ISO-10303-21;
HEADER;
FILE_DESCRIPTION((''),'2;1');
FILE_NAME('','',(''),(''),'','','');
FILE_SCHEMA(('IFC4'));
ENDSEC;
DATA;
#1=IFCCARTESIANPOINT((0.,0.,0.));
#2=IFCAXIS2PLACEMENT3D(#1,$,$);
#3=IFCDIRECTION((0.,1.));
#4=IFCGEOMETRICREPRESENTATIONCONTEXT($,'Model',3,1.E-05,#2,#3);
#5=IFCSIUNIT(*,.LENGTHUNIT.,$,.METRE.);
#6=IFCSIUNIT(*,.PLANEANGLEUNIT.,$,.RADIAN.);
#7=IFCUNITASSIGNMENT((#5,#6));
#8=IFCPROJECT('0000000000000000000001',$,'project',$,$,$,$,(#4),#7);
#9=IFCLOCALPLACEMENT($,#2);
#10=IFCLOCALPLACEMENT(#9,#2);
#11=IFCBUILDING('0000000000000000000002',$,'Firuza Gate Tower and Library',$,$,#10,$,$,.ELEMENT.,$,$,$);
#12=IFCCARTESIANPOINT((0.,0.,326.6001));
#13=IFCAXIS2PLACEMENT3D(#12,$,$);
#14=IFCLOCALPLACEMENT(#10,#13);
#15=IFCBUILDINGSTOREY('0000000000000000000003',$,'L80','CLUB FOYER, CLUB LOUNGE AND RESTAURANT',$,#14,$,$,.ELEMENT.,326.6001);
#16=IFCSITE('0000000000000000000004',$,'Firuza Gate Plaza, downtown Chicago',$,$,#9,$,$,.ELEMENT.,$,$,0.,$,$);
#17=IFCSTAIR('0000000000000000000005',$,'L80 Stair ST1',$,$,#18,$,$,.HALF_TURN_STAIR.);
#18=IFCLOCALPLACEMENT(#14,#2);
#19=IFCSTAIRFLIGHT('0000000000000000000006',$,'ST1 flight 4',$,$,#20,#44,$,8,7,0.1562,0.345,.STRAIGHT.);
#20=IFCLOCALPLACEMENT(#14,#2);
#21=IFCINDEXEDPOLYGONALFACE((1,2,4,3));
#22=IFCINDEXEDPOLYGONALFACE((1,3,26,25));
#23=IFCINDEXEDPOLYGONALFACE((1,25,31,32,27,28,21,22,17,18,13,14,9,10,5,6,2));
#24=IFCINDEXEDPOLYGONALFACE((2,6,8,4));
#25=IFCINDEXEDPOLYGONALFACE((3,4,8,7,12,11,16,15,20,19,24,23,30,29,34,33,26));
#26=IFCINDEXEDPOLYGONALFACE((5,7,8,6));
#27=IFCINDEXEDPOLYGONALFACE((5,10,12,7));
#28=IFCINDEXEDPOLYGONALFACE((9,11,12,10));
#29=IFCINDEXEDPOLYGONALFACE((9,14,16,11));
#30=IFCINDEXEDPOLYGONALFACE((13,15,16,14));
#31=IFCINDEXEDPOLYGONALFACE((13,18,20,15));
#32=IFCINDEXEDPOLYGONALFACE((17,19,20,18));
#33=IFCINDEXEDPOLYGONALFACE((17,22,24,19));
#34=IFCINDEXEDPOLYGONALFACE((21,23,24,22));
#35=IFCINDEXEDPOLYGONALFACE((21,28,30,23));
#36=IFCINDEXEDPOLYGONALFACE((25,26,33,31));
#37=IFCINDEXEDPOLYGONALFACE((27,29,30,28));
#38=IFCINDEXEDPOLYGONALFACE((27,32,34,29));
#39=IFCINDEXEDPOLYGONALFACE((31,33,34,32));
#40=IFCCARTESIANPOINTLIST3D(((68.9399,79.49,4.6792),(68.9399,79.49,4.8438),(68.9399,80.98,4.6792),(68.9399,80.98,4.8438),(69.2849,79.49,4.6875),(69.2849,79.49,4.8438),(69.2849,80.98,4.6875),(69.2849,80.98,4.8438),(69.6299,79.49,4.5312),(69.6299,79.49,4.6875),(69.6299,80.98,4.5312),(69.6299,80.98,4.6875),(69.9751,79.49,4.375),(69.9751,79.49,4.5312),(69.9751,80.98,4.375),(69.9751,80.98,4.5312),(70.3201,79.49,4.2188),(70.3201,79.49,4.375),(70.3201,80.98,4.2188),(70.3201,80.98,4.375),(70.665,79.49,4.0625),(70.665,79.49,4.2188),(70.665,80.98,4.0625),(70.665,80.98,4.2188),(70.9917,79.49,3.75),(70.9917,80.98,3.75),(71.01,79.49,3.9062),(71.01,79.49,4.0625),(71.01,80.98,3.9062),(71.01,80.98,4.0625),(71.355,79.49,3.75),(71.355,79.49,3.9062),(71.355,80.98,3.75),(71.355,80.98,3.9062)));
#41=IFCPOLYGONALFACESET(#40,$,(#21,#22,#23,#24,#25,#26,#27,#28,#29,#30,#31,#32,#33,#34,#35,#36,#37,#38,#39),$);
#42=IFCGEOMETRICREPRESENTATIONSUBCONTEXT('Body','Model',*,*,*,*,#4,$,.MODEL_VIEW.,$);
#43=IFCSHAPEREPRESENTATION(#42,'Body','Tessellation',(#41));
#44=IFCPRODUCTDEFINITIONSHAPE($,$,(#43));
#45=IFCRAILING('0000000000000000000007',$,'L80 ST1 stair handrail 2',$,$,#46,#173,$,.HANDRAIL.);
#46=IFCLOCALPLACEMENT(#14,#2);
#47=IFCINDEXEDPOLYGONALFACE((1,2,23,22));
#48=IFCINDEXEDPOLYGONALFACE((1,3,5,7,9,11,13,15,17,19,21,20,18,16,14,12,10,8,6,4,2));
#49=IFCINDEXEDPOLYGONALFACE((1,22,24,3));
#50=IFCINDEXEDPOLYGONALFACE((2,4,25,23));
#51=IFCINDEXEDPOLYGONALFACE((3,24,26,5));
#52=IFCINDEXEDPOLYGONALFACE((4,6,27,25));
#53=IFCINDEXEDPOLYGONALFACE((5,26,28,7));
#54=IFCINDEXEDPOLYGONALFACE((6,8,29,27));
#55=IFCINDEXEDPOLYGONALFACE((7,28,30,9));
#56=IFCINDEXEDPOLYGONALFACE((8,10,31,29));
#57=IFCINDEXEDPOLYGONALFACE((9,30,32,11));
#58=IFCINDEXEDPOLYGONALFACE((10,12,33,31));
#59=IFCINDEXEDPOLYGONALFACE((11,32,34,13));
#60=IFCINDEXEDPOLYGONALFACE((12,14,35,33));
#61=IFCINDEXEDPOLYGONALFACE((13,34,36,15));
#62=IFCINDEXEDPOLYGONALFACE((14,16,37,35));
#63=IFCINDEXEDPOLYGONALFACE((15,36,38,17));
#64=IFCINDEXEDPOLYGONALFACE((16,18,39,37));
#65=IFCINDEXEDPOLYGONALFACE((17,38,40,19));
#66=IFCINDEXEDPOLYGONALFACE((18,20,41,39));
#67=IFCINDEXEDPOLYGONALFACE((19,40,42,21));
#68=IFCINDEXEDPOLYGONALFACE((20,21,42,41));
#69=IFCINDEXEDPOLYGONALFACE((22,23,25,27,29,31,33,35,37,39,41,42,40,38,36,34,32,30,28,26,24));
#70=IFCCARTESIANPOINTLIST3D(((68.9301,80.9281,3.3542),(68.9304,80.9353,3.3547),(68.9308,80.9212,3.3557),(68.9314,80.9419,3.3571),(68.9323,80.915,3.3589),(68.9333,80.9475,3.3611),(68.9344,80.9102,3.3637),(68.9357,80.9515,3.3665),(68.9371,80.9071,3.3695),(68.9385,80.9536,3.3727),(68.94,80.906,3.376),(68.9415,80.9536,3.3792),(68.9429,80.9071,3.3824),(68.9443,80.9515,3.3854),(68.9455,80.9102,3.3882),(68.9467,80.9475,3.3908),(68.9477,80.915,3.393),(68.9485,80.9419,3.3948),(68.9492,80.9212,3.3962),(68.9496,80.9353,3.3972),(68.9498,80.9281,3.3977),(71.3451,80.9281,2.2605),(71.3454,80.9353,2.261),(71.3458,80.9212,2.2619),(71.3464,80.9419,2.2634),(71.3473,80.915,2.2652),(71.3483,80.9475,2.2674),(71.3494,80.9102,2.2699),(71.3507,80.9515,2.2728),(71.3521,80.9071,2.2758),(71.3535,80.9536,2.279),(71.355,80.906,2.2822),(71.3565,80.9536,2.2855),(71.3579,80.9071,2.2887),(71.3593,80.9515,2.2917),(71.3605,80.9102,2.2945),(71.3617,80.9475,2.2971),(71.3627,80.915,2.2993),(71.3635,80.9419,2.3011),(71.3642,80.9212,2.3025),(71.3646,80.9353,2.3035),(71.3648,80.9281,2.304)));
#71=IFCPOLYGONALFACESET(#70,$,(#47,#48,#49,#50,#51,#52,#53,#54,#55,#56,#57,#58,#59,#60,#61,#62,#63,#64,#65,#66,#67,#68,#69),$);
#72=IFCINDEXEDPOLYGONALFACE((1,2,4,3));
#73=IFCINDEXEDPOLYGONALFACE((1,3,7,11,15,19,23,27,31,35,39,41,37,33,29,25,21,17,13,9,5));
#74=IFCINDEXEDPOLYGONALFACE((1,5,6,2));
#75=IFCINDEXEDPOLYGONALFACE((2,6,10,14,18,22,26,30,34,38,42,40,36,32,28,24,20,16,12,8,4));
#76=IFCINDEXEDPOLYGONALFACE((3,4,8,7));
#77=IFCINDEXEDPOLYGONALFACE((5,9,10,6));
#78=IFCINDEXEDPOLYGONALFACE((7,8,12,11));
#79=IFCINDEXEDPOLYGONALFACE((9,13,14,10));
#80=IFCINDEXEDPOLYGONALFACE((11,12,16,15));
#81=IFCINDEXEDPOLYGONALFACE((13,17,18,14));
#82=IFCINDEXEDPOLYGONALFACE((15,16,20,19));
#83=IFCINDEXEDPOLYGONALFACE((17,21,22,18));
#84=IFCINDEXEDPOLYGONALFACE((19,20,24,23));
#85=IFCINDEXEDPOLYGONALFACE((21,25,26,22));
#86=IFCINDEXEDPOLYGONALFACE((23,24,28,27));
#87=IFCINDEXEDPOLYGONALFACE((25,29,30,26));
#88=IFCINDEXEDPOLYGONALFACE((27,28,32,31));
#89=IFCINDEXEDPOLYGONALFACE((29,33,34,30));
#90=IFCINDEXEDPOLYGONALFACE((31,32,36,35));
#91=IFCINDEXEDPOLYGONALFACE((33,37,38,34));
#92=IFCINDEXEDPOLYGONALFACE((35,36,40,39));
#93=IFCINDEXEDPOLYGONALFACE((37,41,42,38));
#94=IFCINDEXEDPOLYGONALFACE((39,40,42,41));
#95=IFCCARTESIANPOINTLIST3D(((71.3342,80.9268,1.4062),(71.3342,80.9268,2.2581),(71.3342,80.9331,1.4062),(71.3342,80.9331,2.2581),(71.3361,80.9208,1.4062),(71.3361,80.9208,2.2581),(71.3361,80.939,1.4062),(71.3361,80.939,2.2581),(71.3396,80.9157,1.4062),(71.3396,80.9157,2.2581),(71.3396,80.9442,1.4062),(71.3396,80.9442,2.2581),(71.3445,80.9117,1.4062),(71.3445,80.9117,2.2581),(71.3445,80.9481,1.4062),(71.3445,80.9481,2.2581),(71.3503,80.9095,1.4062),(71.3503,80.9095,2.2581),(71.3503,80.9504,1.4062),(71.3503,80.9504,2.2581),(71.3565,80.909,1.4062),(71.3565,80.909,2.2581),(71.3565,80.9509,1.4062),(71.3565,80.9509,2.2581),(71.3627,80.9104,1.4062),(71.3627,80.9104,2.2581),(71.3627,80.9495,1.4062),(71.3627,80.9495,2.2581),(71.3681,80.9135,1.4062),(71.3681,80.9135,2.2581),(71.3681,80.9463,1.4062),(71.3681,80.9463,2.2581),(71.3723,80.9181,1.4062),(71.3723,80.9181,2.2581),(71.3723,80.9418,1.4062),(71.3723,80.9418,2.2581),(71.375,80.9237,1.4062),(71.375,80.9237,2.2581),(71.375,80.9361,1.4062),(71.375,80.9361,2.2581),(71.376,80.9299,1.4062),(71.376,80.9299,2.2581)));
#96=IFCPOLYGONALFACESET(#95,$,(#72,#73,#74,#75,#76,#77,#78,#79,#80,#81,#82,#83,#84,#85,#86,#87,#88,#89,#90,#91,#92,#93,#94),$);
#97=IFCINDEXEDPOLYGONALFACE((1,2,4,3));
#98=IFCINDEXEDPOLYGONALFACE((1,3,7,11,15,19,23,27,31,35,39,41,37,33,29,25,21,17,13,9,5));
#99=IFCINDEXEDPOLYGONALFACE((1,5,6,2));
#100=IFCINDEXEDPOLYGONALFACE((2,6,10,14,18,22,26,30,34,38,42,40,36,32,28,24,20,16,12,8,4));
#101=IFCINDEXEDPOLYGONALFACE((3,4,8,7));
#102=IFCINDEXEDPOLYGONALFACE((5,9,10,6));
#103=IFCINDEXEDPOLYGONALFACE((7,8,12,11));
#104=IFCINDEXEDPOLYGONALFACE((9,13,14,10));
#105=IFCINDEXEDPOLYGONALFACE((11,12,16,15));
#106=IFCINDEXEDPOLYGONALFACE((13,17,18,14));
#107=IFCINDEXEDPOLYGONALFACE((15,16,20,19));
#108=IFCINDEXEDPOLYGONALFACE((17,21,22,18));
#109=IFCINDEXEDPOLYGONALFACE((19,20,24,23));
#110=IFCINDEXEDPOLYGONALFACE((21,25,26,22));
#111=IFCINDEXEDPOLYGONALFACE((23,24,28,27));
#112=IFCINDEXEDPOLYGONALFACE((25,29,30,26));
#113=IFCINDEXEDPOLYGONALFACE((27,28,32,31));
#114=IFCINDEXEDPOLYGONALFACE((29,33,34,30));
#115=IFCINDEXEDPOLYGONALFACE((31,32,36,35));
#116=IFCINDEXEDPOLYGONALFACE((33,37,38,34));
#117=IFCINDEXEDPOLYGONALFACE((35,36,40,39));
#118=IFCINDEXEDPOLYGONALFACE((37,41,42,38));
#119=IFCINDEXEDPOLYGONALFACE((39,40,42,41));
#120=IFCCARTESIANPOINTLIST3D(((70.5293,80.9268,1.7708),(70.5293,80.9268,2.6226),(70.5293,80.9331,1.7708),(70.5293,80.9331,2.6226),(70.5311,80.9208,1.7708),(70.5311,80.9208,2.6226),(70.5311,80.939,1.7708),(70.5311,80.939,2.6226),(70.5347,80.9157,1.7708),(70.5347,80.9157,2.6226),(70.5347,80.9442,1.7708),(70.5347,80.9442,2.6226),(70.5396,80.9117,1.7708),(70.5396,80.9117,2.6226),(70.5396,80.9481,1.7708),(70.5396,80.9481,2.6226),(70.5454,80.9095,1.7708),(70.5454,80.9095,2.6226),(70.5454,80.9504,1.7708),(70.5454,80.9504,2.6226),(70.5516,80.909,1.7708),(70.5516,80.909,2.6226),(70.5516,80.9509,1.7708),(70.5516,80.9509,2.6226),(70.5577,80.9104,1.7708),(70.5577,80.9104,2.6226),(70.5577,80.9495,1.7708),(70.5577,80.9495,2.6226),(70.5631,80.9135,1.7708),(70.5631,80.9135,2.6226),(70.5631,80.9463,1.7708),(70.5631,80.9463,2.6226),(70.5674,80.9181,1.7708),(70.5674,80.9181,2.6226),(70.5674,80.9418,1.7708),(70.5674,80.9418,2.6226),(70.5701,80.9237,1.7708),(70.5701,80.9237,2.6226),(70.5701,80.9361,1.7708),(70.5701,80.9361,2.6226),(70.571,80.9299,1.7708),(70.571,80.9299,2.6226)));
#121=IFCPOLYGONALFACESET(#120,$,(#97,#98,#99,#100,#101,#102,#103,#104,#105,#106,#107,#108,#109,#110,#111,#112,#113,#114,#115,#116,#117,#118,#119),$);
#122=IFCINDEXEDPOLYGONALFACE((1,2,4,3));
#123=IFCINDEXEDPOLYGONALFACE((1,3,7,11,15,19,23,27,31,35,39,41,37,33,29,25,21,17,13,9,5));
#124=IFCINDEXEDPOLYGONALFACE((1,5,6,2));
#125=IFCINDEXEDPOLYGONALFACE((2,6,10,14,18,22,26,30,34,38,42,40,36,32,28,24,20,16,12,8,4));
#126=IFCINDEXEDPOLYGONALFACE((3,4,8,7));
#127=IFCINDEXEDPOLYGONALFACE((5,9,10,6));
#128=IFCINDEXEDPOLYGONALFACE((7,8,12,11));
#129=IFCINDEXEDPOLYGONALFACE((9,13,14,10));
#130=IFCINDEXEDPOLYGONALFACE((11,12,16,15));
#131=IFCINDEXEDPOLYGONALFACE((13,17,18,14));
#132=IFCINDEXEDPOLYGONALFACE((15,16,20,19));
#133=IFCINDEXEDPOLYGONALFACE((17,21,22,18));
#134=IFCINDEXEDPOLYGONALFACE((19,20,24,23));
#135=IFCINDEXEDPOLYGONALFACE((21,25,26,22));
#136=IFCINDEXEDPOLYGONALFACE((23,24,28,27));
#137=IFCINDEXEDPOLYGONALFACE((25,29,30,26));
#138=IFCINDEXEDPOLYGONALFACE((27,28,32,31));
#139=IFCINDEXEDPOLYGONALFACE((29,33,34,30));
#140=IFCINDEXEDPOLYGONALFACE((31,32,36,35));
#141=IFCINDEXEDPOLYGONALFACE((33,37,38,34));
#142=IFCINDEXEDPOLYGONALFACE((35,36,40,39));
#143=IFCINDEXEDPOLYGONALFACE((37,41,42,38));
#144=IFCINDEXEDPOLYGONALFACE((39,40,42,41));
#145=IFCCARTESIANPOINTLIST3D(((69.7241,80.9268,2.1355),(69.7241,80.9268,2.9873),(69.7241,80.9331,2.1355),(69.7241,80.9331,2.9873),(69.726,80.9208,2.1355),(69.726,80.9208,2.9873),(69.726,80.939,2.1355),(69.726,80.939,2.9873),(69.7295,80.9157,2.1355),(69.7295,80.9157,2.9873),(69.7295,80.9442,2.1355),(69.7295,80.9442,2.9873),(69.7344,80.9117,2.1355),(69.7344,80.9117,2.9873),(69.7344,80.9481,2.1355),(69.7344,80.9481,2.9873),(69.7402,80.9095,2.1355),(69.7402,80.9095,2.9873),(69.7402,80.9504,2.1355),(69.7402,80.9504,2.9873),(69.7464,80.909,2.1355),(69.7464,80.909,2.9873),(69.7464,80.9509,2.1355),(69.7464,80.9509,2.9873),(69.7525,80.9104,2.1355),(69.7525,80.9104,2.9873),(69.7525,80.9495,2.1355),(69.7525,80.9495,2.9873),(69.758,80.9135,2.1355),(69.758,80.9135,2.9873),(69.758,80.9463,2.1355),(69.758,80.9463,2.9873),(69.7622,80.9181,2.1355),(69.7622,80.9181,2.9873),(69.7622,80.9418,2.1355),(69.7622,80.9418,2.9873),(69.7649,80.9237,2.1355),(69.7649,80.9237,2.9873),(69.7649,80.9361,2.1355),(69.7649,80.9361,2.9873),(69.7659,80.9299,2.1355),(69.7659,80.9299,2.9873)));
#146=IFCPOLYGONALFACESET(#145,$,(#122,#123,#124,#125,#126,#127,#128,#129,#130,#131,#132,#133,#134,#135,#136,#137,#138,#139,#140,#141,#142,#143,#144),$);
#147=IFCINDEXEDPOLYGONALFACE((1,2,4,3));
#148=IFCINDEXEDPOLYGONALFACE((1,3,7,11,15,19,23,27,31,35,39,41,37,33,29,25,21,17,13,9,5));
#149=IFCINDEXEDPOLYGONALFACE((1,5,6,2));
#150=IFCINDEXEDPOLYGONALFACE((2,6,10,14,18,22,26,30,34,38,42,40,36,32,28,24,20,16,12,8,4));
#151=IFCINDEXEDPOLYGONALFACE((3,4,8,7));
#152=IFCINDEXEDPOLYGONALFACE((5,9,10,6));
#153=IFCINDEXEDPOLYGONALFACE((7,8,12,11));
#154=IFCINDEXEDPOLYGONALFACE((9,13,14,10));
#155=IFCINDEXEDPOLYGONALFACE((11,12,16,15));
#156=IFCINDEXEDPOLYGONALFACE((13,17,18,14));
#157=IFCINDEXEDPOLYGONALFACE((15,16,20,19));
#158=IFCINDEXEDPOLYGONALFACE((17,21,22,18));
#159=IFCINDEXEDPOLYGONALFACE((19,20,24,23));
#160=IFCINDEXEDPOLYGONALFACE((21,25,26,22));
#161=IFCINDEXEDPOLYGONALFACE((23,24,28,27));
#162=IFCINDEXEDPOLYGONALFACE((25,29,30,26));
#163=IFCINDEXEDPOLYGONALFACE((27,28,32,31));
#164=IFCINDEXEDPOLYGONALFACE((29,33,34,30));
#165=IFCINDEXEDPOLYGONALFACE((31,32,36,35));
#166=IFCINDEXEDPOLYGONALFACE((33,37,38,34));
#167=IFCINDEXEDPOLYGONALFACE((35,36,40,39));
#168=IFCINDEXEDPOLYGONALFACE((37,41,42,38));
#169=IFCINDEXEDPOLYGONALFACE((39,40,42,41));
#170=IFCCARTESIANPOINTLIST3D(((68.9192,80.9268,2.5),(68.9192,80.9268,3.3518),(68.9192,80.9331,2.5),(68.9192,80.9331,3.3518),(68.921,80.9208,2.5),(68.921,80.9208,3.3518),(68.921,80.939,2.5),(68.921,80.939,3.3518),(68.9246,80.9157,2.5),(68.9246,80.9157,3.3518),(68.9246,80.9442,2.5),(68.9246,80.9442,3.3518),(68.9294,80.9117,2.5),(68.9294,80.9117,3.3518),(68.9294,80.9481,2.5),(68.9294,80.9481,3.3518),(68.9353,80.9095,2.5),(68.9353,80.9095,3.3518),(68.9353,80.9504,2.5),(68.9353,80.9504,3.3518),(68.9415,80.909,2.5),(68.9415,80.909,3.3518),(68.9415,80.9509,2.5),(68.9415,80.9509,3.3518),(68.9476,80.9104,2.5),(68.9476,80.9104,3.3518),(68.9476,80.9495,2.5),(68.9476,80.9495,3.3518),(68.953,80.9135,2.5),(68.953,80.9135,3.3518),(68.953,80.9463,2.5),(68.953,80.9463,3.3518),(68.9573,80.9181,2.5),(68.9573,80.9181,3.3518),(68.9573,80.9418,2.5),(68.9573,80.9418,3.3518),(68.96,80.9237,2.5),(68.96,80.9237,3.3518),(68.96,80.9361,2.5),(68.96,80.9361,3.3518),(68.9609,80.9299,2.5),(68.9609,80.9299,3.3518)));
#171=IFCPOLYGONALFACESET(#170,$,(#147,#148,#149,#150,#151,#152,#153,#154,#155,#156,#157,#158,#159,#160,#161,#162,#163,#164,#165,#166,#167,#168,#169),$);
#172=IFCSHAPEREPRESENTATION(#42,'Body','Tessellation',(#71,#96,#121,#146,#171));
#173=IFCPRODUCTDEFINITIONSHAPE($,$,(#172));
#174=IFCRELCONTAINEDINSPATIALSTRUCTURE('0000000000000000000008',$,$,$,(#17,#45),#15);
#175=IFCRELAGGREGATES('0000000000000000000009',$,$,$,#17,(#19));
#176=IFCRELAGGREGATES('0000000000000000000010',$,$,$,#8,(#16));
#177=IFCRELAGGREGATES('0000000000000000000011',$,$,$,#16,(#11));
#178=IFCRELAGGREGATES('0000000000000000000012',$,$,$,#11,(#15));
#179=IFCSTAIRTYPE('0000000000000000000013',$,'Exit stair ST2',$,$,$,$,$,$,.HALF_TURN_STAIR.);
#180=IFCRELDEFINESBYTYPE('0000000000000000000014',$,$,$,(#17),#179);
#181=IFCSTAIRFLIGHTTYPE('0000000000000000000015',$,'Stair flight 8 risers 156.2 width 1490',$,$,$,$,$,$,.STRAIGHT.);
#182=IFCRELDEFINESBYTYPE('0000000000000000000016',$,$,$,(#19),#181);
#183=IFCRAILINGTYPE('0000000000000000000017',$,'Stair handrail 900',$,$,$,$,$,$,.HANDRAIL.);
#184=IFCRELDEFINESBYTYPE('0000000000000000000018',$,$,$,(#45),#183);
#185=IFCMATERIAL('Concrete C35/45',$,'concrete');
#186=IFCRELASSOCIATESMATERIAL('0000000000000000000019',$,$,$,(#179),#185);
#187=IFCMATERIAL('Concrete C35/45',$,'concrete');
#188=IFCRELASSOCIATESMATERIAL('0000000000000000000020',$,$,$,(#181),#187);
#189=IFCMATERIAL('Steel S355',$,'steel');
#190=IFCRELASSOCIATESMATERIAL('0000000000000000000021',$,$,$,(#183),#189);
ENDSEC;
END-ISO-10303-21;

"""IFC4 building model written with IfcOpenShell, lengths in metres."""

from ifc_helpers import new_model, si_unit, direction, frame, origin, origin_2d, place, context, subcontext, project, spatial, polyline, circle, outline, extrude, material, type_object, element, aggregate, save


model = new_model("IFC4")

# Units and contexts
model_context = context("Model", 3, precision=1e-05, world=origin(), true_north=direction((0.0, 1.0)))
body_context = subcontext(model_context, "Body", "Model", "MODEL_VIEW")
ifc_project = project(units=[si_unit("LENGTHUNIT", "METRE"), si_unit("PLANEANGLEUNIT", "RADIAN")], contexts=[model_context])

# Site, building, storey
site_placement = place(None, origin())
site = spatial("IfcSite", under=ifc_project, at=site_placement, Name="Firuza Gate Plaza, downtown Chicago", CompositionType="ELEMENT", RefElevation=0.0)
building_placement = place(site_placement, origin())
building = spatial("IfcBuilding", under=site, at=building_placement, Name="Firuza Gate Tower and Library", CompositionType="ELEMENT")
storey_placement = place(building_placement, frame((0.0, 0.0, 326.6001)))
storey = spatial("IfcBuildingStorey", under=building, at=storey_placement, Name="L80", Description="CLUB FOYER, CLUB LOUNGE AND RESTAURANT", CompositionType="ELEMENT", Elevation=326.6001)

# Stair, stair flight
ifc_material_1 = material(Name="Concrete C35/45", Category="concrete")
stair_type = type_object("IfcStairType", Name="Exit stair ST2", PredefinedType="HALF_TURN_STAIR", material=ifc_material_1)
stair_placement = place(storey_placement, origin())
stair = element("IfcStair", 1, at=stair_placement, inside=storey, type_object=stair_type, Name="L80 Stair ST1", PredefinedType="HALF_TURN_STAIR")
ifc_material_2 = material(Name="Concrete C35/45", Category="concrete")
stair_flight_type = type_object("IfcStairFlightType", Name="Stair flight 8 risers 156.2 width 1490", PredefinedType="STRAIGHT", material=ifc_material_2)
stair_flight_1_placement = place(storey_placement, frame((71.355, 80.2351, 3.75), z_axis=(0.0, 0.0, 1.0), x_axis=(-1.0, 0.0, 0.0)))
stair_flight_1 = element("IfcStairFlight", 2, at=stair_flight_1_placement, type_object=stair_flight_type, Name="ST1 flight 4", NumberOfRisers=8, NumberOfTreads=7, PredefinedType="STRAIGHT", RiserHeight=0.1562, TreadLength=0.345, context=body_context, shape_type="SweptSolid", body=[
    extrude(outline(polyline([(0.0, 0.0), (0.0, 0.1562), (0.345, 0.1562), (0.345, 0.3125), (0.6899, 0.3125), (0.6899, 0.4688), (1.0349, 0.4688), (1.0349, 0.625), (1.3799, 0.625), (1.3799, 0.7812), (1.7251, 0.7812), (1.7251, 0.9375), (2.0701, 0.9375), (2.0701, 1.0938), (2.415, 1.0938), (2.415, 1.25), (2.415, 0.9292), (0.3633, 0.0), (0.0, 0.0)])), frame((0.0, 0.7451, 0.0), z_axis=(0.0, -1.0, 0.0), x_axis=(1.0, 0.0, 0.0)), (0.0, 0.0, 1.0), 1.49),
])
aggregate(stair, [stair_flight_1])

# Railing
ifc_material_3 = material(Name="Steel S355", Category="steel")
railing_type = type_object("IfcRailingType", Name="Stair handrail 900", PredefinedType="HANDRAIL", material=ifc_material_3)
for number, where, name in (
    (3, (71.355, 80.9299, 1.4062), "L80 ST1 stair handrail 2"),
):
    element("IfcRailing", number, at=place(storey_placement, frame(where)), inside=storey, type_object=railing_type, Name=name, PredefinedType="HANDRAIL", context=body_context, shape_type="SweptSolid", body=[
        extrude(circle(Radius=0.0239, at=origin_2d()), frame((0.0, 0.0, 0.876), z_axis=(-0.910933, 0.0, 0.412554), x_axis=(0.0, -1.0, 0.0)), (0.0, 0.0, 1.0), 2.6511),
        extrude(circle(Radius=0.021, at=origin_2d()), origin(), (0.0, 0.0, 1.0), 0.8518),
        extrude(circle(Radius=0.021, at=origin_2d()), frame((-0.8049, 0.0, 0.3645)), (0.0, 0.0, 1.0), 0.8518),
        extrude(circle(Radius=0.021, at=origin_2d()), frame((-1.6101, 0.0, 0.7292)), (0.0, 0.0, 1.0), 0.8518),
        extrude(circle(Radius=0.021, at=origin_2d()), frame((-2.415, 0.0, 1.0938)), (0.0, 0.0, 1.0), 0.8518),
    ])

save(model, "model.ifc")
